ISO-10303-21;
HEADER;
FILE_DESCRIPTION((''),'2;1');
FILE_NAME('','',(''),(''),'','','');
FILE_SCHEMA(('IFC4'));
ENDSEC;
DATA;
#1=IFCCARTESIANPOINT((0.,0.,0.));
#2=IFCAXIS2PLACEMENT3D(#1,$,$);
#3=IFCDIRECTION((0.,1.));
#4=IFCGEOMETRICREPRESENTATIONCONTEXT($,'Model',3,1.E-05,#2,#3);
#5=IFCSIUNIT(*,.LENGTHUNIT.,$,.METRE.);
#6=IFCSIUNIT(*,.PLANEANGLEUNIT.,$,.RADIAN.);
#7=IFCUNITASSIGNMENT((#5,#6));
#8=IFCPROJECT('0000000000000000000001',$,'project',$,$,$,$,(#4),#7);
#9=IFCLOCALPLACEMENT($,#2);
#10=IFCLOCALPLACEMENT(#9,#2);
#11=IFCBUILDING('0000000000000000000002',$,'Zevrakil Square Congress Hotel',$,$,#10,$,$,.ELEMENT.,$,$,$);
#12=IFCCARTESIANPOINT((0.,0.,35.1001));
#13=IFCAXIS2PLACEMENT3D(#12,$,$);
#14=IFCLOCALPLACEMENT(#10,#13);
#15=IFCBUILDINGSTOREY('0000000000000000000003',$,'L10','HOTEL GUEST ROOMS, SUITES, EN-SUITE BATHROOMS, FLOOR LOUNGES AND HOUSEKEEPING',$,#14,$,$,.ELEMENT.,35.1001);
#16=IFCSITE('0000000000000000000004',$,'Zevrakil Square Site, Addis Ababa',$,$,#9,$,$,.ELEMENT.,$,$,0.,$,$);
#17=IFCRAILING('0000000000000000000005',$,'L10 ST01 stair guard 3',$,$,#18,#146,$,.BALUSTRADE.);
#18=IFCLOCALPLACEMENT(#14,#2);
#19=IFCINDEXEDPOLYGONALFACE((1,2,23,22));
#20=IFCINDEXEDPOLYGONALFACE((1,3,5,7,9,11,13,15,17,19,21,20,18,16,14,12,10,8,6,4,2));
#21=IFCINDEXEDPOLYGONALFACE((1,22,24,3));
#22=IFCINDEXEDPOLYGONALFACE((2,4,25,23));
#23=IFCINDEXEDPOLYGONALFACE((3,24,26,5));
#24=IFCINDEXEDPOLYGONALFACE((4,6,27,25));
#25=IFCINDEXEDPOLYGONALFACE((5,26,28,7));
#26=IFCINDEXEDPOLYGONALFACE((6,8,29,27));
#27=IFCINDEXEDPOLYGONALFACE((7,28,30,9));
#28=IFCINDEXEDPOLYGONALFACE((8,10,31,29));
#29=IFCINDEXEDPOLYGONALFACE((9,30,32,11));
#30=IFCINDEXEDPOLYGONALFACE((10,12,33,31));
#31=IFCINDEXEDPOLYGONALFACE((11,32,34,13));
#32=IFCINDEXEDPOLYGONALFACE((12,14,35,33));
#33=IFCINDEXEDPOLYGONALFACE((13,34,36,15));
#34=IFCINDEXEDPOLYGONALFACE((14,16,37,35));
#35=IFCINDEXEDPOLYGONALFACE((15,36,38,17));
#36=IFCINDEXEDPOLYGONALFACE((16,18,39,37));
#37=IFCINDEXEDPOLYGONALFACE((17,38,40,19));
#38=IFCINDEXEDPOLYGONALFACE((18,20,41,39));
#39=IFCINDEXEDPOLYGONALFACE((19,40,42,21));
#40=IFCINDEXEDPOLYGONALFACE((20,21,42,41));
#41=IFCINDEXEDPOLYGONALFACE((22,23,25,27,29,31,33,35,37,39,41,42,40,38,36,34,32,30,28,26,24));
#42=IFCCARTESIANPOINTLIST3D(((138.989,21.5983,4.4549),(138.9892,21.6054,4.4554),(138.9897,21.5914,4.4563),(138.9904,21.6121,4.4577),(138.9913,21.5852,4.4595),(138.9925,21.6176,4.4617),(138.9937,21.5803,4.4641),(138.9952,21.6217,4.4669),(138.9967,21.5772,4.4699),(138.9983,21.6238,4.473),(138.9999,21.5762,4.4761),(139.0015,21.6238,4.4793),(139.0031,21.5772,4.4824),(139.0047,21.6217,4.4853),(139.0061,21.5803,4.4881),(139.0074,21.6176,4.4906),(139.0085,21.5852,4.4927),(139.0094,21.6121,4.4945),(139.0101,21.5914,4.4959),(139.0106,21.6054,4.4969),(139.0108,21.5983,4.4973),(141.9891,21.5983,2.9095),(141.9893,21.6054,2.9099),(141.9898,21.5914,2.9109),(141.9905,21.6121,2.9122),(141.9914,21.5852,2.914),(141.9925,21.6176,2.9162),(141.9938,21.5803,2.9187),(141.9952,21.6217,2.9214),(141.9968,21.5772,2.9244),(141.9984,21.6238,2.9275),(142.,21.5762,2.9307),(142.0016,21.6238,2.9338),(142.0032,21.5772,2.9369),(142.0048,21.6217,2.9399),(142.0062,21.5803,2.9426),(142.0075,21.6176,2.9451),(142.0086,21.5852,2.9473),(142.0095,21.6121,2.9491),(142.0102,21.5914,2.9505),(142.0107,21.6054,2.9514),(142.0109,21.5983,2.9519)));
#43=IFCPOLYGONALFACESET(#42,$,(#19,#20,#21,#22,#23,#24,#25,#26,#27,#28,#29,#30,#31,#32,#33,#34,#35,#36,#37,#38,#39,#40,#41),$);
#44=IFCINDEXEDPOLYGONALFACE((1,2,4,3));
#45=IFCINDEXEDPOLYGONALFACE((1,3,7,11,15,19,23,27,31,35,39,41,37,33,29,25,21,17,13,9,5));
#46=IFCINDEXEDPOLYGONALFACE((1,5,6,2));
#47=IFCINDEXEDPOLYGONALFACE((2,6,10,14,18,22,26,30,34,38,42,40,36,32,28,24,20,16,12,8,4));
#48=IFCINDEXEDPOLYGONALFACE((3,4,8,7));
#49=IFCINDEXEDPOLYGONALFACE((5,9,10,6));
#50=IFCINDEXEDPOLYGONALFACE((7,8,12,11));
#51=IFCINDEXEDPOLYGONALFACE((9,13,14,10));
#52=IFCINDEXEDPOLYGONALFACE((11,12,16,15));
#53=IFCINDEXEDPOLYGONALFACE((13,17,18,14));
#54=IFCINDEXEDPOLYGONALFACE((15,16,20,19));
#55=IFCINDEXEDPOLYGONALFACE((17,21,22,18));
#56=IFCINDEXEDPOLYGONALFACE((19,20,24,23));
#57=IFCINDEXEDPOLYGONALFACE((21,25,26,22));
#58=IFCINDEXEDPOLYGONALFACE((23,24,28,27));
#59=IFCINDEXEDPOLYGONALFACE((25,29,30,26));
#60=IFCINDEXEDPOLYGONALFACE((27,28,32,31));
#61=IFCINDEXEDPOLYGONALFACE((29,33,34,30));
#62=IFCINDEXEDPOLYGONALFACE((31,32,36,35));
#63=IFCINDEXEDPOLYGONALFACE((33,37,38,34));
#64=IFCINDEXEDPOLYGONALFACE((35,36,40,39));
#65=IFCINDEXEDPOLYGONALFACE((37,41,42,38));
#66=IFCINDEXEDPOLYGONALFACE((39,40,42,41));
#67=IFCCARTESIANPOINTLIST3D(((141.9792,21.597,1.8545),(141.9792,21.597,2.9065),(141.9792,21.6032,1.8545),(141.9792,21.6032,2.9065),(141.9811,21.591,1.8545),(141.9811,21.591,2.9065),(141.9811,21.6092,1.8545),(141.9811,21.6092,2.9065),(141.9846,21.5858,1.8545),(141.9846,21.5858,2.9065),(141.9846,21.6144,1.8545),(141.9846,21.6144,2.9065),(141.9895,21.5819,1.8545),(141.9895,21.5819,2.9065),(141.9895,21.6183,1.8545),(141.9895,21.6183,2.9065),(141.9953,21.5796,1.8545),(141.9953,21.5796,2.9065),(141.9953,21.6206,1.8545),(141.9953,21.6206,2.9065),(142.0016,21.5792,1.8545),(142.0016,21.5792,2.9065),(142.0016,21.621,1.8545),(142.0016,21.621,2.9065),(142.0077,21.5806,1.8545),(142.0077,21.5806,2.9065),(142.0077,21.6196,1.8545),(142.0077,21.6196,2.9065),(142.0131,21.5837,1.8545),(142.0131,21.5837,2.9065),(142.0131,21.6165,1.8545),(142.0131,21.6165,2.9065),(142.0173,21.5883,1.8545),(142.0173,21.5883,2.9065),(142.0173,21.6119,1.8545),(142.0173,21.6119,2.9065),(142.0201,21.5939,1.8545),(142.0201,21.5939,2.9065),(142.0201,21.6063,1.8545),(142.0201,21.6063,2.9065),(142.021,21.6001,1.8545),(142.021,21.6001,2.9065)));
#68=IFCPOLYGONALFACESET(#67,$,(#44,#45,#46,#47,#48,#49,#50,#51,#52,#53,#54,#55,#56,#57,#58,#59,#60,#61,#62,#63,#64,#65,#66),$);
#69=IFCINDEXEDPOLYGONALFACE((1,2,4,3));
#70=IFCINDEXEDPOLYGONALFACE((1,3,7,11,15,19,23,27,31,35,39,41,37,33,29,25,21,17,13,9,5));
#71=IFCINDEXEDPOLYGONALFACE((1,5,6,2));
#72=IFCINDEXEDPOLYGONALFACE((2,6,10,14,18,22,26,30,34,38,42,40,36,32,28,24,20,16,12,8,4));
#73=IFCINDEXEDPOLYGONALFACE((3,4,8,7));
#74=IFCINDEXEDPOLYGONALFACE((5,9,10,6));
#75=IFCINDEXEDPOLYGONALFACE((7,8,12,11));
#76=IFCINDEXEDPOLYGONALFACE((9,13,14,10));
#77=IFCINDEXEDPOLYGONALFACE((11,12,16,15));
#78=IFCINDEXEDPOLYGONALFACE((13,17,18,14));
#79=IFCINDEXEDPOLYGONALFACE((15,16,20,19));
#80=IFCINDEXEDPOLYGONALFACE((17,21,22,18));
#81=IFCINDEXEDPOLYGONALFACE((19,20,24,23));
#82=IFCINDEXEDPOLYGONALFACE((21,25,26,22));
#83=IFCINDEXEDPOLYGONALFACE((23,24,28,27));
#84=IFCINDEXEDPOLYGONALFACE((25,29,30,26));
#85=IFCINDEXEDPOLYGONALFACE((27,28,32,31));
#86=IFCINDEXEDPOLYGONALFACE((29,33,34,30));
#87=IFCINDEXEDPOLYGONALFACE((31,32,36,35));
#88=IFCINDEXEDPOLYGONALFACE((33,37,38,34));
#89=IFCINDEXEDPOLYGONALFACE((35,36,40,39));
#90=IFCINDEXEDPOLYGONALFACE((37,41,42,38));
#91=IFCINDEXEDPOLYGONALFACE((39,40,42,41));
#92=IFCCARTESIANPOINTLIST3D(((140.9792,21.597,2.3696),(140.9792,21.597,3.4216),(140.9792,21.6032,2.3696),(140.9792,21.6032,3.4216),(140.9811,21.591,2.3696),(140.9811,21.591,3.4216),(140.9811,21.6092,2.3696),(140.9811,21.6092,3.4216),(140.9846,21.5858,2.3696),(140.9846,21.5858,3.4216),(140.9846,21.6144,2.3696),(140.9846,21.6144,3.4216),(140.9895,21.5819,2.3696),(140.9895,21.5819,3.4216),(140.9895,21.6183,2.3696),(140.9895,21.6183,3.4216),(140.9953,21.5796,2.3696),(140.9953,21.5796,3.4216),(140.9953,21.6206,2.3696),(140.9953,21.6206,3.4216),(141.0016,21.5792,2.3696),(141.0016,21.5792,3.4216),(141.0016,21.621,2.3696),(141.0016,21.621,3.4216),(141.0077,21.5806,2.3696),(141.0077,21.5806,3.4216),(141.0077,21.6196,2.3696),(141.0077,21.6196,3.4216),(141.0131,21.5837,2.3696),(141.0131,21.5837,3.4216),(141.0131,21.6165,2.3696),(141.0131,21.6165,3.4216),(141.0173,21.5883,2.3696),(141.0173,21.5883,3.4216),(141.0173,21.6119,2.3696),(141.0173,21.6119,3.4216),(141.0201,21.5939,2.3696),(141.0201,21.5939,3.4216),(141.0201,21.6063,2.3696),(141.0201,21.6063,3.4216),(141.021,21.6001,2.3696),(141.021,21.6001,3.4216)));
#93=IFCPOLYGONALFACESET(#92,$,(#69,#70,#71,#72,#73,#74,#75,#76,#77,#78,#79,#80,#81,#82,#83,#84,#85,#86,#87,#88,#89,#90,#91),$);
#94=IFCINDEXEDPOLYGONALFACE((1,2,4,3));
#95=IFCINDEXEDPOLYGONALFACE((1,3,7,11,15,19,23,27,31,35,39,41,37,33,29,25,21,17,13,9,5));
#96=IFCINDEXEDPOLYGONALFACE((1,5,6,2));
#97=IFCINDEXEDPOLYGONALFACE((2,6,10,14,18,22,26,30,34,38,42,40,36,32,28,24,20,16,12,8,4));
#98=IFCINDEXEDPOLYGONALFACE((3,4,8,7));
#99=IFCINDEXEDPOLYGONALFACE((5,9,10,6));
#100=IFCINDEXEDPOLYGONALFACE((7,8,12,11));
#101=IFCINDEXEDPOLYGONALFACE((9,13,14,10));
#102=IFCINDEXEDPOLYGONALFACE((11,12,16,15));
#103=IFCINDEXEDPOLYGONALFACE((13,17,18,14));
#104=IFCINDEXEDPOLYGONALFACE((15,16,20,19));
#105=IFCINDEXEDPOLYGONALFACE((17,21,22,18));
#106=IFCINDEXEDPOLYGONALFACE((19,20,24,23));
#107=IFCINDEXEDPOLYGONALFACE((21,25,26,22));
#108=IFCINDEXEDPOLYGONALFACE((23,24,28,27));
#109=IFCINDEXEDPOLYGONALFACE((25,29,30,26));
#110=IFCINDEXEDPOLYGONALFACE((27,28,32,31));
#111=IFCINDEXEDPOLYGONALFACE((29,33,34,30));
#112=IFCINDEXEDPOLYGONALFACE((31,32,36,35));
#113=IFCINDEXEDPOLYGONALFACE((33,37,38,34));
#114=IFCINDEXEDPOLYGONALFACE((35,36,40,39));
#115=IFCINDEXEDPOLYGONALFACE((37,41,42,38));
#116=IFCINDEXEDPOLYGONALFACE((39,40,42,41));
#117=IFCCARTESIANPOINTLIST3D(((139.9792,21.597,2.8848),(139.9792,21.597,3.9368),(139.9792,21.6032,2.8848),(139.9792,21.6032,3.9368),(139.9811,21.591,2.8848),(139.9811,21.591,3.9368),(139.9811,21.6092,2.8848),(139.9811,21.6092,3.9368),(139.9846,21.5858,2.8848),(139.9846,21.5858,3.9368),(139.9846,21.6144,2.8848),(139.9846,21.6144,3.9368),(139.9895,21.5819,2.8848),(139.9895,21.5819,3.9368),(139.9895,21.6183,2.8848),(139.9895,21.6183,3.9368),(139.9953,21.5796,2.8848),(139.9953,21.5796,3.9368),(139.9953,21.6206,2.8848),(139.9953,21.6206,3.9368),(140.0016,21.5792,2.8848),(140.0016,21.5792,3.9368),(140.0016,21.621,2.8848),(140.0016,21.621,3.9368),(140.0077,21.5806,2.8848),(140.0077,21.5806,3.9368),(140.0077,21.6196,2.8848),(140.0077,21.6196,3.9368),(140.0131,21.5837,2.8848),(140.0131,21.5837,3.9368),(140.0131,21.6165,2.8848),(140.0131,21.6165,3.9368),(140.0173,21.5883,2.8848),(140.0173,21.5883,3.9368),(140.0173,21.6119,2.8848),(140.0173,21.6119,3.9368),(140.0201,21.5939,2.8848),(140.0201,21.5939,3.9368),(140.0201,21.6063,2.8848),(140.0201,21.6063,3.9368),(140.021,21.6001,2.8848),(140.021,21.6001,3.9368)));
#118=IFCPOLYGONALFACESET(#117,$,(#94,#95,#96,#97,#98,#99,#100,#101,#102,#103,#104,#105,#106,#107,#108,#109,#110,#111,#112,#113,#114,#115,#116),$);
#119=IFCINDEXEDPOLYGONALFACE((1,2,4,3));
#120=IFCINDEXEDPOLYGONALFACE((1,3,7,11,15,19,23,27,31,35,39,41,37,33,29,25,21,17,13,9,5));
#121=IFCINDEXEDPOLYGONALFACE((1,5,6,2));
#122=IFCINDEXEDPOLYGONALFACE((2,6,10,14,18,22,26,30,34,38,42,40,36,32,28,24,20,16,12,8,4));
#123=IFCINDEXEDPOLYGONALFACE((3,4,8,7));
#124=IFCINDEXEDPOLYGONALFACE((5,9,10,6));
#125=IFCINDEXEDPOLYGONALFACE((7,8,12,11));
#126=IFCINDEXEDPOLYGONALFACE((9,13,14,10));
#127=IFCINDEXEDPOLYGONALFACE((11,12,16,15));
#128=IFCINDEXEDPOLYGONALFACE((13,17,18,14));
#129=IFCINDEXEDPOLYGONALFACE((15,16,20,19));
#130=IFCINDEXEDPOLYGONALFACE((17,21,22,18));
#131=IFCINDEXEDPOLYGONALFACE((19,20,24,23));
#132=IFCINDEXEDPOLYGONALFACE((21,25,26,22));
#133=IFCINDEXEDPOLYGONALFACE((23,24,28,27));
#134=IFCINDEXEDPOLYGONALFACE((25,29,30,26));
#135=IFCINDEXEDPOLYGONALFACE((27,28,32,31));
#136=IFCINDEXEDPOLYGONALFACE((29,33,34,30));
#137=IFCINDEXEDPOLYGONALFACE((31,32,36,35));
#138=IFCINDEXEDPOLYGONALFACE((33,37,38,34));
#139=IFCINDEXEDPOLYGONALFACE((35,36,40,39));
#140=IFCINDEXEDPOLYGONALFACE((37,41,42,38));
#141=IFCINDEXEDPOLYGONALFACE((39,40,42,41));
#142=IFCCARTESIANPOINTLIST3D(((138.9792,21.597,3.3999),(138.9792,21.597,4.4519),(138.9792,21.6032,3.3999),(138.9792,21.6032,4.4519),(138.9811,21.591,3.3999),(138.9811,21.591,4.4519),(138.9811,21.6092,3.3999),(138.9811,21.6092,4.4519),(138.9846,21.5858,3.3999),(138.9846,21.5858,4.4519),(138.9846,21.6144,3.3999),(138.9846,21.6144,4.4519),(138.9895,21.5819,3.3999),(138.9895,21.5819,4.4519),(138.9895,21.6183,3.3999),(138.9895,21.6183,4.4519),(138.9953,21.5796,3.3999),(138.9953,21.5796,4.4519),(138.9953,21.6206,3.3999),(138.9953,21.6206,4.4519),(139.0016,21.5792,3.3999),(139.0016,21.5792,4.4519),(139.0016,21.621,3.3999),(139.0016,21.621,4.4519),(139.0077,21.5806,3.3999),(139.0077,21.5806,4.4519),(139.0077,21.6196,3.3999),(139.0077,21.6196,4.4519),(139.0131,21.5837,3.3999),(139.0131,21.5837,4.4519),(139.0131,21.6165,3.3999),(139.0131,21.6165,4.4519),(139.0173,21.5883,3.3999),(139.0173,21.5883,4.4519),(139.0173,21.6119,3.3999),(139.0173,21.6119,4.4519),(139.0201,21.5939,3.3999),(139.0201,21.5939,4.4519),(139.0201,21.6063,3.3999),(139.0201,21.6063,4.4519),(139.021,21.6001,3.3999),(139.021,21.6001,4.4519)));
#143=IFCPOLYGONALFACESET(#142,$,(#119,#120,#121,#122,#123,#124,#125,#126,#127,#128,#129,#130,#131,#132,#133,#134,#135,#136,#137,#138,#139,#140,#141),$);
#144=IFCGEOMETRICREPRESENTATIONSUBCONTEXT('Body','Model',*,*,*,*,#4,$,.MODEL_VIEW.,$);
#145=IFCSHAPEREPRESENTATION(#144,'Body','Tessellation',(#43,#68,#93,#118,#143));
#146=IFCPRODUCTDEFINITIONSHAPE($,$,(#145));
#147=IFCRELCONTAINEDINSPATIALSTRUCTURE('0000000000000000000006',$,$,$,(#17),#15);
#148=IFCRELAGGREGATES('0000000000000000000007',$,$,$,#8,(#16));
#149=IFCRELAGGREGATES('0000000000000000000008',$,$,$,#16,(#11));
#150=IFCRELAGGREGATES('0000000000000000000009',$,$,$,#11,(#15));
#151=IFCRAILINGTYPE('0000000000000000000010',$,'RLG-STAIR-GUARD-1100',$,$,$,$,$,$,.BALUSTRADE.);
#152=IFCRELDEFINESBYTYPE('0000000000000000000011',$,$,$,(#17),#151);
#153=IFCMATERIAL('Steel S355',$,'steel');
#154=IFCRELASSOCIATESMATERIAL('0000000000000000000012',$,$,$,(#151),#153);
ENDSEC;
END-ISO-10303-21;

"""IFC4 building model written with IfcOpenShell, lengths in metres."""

from ifc_helpers import new_model, si_unit, direction, frame, origin, origin_2d, place, context, subcontext, project, spatial, circle, extrude, material, type_object, element, save


model = new_model("IFC4")

# Units and contexts
model_context = context("Model", 3, precision=1e-05, world=origin(), true_north=direction((0.0, 1.0)))
body_context = subcontext(model_context, "Body", "Model", "MODEL_VIEW")
ifc_project = project(units=[si_unit("LENGTHUNIT", "METRE"), si_unit("PLANEANGLEUNIT", "RADIAN")], contexts=[model_context])

# Site, building, storey
site_placement = place(None, origin())
site = spatial("IfcSite", under=ifc_project, at=site_placement, Name="Zevrakil Square Site, Addis Ababa", CompositionType="ELEMENT", RefElevation=0.0)
building_placement = place(site_placement, origin())
building = spatial("IfcBuilding", under=site, at=building_placement, Name="Zevrakil Square Congress Hotel", CompositionType="ELEMENT")
storey_placement = place(building_placement, frame((0.0, 0.0, 35.1001)))
storey = spatial("IfcBuildingStorey", under=building, at=storey_placement, Name="L10", Description="HOTEL GUEST ROOMS, SUITES, EN-SUITE BATHROOMS, FLOOR LOUNGES AND HOUSEKEEPING", CompositionType="ELEMENT", Elevation=35.1001)

# Railing
ifc_material_1 = material(Name="Steel S355", Category="steel")
railing_type_1 = type_object("IfcRailingType", Name="RLG-STAIR-GUARD-1100", PredefinedType="BALUSTRADE", material=ifc_material_1)
railing_1_placement = place(storey_placement, frame((142.0, 21.6001, 1.8545)))
element("IfcRailing", 1, at=railing_1_placement, inside=storey, type_object=railing_type_1, Name="L10 ST01 stair guard 3", PredefinedType="BALUSTRADE", context=body_context, shape_type="SweptSolid", body=[
    extrude(circle(Radius=0.0239, at=origin_2d()), frame((0.0, 0.0, 1.0762), z_axis=(-0.88898, 0.0, 0.457946), x_axis=(0.0, -1.0, 0.0)), (0.0, 0.0, 1.0), 3.3748),
    extrude(circle(Radius=0.021, at=origin_2d()), origin(), (0.0, 0.0, 1.0), 1.052),
    extrude(circle(Radius=0.021, at=origin_2d()), frame((-1.0, 0.0, 0.5151)), (0.0, 0.0, 1.0), 1.052),
    extrude(circle(Radius=0.021, at=origin_2d()), frame((-2.0, 0.0, 1.0303)), (0.0, 0.0, 1.0), 1.052),
    extrude(circle(Radius=0.021, at=origin_2d()), frame((-3.0, 0.0, 1.5454)), (0.0, 0.0, 1.0), 1.052),
])

save(model, "model.ifc")
